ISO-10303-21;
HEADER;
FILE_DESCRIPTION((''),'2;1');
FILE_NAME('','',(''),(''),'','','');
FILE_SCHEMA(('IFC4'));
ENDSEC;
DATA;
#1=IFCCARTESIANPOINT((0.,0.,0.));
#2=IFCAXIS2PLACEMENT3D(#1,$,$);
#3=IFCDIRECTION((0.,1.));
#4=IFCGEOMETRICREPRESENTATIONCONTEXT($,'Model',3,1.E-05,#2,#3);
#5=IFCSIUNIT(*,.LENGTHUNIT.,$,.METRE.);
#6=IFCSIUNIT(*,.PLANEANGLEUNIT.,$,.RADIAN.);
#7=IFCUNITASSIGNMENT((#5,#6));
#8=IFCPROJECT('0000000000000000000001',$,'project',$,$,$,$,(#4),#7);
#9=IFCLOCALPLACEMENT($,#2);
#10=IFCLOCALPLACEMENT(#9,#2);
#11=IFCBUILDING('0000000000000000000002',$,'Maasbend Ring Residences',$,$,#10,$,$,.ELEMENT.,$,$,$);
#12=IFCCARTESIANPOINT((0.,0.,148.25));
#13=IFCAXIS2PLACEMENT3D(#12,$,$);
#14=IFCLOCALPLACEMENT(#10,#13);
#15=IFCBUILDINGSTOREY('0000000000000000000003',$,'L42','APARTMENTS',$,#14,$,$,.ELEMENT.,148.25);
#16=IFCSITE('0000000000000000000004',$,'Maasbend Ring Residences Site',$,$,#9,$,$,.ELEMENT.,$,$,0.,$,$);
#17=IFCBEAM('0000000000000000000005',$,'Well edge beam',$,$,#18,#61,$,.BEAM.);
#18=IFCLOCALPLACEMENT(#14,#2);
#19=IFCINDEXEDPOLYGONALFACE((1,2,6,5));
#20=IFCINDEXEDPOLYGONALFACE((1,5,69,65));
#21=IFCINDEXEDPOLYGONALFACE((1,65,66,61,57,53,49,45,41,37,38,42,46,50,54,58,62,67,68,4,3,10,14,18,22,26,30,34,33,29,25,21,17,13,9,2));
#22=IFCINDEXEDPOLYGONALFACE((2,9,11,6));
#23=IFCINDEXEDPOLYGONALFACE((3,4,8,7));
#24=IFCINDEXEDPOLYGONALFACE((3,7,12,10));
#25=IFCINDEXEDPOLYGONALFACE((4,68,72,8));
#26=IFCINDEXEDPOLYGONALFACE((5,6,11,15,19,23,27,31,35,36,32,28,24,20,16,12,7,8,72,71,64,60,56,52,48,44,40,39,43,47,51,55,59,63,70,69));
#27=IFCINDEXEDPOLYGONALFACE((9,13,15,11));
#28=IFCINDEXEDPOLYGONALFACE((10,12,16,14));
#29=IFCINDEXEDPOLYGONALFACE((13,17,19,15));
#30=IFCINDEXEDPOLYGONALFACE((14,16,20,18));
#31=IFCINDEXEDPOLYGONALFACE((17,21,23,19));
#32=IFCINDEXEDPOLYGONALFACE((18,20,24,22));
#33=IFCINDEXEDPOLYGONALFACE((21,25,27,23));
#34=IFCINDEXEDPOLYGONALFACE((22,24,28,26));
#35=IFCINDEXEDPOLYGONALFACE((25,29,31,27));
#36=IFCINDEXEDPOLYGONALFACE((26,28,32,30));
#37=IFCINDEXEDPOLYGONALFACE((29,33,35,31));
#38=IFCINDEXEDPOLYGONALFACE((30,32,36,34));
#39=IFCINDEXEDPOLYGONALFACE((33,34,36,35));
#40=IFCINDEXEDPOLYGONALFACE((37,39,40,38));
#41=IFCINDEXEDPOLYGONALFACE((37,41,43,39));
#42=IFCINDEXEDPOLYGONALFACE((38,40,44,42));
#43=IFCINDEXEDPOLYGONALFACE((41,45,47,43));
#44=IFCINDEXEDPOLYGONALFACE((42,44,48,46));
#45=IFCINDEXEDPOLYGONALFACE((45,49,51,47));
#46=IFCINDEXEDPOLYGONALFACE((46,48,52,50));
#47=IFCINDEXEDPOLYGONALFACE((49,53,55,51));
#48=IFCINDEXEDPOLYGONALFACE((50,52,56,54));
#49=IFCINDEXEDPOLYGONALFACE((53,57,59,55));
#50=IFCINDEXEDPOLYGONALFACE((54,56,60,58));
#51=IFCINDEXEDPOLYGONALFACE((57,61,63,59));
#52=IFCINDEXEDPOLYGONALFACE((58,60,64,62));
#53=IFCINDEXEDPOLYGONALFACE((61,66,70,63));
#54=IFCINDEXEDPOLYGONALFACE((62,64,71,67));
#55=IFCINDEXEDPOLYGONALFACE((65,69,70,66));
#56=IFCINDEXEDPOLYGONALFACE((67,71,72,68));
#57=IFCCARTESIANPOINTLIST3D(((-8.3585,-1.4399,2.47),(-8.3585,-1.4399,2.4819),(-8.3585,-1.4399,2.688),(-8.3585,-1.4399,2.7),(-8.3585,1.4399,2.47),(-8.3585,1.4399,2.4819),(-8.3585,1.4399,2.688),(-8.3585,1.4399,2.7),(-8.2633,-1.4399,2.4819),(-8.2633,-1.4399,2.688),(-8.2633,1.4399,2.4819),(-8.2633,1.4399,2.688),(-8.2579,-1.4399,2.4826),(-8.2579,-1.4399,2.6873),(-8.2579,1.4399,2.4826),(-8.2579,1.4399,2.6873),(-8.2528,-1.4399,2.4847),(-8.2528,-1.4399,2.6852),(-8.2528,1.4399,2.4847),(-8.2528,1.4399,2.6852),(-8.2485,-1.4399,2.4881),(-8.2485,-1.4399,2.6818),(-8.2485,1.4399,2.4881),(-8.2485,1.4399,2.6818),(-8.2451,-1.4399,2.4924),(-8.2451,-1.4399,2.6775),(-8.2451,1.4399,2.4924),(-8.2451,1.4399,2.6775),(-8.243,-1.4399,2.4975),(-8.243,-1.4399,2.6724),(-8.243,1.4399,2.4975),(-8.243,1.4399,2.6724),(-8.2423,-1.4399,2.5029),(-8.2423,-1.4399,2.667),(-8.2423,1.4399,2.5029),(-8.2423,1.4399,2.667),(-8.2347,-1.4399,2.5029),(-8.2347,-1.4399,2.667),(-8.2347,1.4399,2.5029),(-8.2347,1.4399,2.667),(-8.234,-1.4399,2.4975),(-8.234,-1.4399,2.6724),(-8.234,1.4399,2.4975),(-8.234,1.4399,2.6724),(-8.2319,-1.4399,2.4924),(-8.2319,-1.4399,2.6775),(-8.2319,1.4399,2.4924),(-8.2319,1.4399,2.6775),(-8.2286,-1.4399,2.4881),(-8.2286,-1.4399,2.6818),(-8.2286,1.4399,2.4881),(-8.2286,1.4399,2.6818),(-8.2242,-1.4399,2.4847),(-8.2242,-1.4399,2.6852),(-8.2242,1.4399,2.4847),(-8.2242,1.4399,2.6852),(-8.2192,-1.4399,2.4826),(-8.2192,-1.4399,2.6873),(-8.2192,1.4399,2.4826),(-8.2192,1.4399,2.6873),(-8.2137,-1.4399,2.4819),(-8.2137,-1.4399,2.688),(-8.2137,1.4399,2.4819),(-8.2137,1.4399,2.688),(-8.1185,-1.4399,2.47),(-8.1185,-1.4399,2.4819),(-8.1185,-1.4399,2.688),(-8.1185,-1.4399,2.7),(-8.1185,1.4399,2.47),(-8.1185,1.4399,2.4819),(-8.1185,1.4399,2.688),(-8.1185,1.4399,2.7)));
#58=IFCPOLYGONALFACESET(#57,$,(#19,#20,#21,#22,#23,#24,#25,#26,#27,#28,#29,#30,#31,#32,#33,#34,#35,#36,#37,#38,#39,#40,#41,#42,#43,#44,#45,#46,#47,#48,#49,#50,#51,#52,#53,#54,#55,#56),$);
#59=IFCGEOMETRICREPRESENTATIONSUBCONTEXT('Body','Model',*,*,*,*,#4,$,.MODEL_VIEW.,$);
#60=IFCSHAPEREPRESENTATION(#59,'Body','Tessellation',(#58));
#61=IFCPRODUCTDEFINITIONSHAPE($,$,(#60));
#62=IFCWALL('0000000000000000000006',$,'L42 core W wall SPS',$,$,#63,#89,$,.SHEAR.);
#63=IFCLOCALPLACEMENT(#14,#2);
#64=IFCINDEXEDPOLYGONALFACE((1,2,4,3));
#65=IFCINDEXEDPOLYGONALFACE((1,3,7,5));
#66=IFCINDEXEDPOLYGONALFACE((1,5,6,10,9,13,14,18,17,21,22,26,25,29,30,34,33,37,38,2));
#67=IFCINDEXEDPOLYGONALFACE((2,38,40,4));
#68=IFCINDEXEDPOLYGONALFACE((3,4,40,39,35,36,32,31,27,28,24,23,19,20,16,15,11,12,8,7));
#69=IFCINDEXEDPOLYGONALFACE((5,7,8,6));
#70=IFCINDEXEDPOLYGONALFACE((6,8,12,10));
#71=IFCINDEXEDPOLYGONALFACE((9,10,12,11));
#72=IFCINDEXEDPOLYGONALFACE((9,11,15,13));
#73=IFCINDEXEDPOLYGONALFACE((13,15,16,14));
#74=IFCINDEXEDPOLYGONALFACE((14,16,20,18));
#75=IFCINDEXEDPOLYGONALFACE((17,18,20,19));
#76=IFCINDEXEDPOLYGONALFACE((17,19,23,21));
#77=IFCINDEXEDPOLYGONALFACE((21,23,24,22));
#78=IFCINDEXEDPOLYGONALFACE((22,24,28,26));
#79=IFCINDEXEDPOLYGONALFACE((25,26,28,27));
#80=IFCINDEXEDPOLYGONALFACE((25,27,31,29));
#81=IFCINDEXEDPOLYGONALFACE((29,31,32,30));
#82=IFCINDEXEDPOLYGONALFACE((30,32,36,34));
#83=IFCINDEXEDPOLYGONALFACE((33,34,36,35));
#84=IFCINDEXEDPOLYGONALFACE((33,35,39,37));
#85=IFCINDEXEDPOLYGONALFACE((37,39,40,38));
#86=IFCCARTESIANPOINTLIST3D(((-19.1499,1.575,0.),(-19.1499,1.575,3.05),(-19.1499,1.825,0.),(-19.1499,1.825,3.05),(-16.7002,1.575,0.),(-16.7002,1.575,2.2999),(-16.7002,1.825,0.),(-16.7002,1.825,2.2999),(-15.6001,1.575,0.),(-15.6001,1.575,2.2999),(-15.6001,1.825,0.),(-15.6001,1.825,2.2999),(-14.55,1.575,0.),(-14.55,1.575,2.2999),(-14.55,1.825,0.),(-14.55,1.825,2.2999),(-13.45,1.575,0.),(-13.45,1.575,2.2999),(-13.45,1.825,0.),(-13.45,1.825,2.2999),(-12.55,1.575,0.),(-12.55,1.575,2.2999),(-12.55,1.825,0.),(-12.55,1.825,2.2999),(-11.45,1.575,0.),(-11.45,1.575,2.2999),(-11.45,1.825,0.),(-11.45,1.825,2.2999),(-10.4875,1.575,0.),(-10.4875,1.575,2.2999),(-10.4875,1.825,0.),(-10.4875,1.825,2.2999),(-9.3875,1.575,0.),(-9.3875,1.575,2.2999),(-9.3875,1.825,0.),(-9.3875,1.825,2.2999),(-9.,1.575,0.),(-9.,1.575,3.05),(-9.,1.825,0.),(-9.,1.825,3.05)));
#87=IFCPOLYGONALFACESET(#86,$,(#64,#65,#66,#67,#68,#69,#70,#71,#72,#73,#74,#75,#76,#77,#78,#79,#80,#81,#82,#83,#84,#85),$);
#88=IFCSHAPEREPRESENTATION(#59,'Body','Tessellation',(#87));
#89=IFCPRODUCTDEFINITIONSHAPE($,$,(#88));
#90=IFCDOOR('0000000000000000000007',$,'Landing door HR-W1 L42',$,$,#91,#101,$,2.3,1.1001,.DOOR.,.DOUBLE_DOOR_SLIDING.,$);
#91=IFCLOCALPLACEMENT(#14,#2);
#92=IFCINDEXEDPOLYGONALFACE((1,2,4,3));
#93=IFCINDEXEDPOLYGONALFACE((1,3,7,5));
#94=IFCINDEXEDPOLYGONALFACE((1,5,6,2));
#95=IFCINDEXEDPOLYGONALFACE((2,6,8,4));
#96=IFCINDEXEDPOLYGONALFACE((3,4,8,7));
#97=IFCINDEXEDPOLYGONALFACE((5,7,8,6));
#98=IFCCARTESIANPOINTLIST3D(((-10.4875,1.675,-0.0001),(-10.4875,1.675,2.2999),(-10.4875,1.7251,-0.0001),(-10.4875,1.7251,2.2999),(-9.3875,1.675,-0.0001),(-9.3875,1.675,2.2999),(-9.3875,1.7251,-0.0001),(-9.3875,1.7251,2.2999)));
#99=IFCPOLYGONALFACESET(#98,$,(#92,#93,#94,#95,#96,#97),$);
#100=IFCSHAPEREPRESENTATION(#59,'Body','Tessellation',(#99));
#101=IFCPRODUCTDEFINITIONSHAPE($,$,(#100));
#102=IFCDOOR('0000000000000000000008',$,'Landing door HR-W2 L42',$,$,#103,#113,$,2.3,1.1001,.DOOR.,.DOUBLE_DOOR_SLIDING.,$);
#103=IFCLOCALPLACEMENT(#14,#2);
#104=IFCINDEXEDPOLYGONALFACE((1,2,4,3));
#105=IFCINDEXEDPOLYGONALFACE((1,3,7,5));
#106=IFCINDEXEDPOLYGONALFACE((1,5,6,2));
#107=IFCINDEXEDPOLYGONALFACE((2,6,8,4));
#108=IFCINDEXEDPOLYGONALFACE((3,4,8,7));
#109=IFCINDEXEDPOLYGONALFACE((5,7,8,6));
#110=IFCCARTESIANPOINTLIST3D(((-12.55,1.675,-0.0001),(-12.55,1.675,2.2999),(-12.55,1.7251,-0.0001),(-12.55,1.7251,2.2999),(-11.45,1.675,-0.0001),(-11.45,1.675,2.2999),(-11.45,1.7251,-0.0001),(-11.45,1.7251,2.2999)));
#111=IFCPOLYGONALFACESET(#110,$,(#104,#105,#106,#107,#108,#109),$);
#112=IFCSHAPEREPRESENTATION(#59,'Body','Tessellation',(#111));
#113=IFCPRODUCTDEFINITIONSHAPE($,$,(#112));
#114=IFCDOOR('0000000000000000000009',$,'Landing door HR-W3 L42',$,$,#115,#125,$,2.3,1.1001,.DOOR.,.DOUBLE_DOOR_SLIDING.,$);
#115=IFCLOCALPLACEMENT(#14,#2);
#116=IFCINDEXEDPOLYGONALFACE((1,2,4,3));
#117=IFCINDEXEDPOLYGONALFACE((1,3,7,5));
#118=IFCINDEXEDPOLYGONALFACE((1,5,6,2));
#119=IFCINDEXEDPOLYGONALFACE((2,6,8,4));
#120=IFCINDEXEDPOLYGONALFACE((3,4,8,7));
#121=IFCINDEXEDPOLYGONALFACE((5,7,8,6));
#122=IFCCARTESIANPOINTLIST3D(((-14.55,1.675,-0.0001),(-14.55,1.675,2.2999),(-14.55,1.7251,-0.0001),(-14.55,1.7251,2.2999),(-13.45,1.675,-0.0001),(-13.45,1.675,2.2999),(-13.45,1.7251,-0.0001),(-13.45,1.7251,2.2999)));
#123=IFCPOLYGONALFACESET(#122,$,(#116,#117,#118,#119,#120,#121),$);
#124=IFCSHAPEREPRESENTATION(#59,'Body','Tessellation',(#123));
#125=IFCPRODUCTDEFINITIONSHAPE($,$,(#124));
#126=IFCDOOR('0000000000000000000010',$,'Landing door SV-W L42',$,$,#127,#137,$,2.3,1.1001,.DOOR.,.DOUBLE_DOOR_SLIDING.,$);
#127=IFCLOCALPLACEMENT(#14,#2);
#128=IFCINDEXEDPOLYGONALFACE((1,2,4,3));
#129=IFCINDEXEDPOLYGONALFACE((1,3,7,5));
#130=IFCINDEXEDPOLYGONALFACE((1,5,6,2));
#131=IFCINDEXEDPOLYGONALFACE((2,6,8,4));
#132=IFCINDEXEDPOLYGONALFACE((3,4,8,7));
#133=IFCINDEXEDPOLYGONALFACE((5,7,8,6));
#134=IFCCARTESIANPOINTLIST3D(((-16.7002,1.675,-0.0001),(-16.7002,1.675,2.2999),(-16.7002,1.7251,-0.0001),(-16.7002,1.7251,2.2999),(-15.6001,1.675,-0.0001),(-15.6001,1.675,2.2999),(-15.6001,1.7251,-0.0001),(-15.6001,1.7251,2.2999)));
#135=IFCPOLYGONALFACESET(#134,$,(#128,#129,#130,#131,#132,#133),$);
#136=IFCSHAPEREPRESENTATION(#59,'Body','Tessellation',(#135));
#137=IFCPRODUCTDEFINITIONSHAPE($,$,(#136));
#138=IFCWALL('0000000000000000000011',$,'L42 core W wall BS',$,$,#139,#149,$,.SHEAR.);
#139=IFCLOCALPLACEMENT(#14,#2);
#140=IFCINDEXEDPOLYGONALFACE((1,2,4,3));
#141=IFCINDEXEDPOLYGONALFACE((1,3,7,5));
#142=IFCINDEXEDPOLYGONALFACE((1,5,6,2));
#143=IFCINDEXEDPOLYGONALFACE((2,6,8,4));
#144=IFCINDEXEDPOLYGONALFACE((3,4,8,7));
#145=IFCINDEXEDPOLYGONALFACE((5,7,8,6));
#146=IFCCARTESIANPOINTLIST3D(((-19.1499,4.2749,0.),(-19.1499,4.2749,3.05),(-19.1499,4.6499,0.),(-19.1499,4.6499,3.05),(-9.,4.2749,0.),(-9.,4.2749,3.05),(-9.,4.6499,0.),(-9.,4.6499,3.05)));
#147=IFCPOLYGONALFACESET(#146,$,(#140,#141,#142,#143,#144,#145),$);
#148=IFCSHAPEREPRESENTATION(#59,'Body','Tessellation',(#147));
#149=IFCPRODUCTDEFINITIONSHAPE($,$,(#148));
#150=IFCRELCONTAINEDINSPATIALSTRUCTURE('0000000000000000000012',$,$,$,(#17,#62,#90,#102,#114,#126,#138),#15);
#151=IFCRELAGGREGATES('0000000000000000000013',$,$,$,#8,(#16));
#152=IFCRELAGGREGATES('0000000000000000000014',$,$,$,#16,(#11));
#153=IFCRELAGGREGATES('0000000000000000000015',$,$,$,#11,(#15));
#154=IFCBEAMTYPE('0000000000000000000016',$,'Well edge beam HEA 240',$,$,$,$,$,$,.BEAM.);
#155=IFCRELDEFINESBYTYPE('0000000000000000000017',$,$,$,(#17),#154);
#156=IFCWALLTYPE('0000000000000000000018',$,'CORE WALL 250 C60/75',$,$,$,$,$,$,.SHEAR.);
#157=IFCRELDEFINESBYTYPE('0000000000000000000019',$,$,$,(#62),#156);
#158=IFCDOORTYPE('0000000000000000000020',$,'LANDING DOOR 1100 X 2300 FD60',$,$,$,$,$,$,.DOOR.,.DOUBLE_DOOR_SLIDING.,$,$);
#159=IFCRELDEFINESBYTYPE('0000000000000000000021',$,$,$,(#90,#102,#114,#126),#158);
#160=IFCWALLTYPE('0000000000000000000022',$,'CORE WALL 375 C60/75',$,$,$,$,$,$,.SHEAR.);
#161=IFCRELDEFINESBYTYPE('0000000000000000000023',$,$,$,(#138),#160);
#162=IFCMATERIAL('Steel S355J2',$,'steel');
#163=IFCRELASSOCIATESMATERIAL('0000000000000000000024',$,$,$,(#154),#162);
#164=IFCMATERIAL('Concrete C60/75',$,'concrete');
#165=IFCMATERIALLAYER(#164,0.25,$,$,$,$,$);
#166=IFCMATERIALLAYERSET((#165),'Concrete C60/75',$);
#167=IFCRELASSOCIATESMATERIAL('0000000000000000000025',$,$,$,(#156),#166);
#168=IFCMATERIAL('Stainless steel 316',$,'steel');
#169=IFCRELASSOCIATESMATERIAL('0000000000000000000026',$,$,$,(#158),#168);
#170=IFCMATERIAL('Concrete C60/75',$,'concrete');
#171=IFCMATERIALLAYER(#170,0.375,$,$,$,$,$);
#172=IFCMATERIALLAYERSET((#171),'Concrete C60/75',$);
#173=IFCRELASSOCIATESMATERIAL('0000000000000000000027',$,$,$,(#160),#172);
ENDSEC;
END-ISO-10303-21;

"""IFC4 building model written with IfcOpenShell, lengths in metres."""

from ifc_helpers import new_model, si_unit, direction, frame, frame_2d, origin, origin_2d, place, context, subcontext, project, spatial, rectangle, i_section, extrude, material, layer, layer_set, material_profile, profile_set, type_object, element, fill, save


model = new_model("IFC4")

# Units and contexts
model_context = context("Model", 3, precision=1e-05, world=origin(), true_north=direction((0.0, 1.0)))
body_context = subcontext(model_context, "Body", "Model", "MODEL_VIEW")
ifc_project = project(units=[si_unit("LENGTHUNIT", "METRE"), si_unit("PLANEANGLEUNIT", "RADIAN")], contexts=[model_context])

# Site, building, storey
site_placement = place(None, origin())
site = spatial("IfcSite", under=ifc_project, at=site_placement, Name="Maasbend Ring Residences Site", CompositionType="ELEMENT", RefElevation=0.0)
building_placement = place(site_placement, origin())
building = spatial("IfcBuilding", under=site, at=building_placement, Name="Maasbend Ring Residences", CompositionType="ELEMENT")
storey_placement = place(building_placement, frame((0.0, 0.0, 148.25)))
storey = spatial("IfcBuildingStorey", under=building, at=storey_placement, Name="L42", Description="APARTMENTS", CompositionType="ELEMENT", Elevation=148.25)

# Beam
ifc_material_1 = material(Name="Steel S355J2", Category="steel")
ifc_material_profile = material_profile(ifc_material_1, i_section(OverallWidth=0.24, OverallDepth=0.23, WebThickness=0.0076, FlangeThickness=0.012, FilletRadius=0.021, at=origin_2d()), Name="HEA 240")
ifc_profile_set = profile_set([ifc_material_profile], Name="Steel S355J2")
beam_type = type_object("IfcBeamType", Name="Well edge beam HEA 240", PredefinedType="BEAM", material=ifc_profile_set)
beam_placement = place(storey_placement, frame((-8.2385, 1.4399, 2.585), z_axis=(0.0, -1.0, 0.0), x_axis=(1.0, 0.0, 0.0)))
element("IfcBeam", 1, at=beam_placement, inside=storey, type_object=beam_type, Name="Well edge beam", PredefinedType="BEAM", context=body_context, shape_type="SweptSolid", body=[
    extrude(i_section(OverallWidth=0.24, OverallDepth=0.23, WebThickness=0.0076, FlangeThickness=0.012, FilletRadius=0.021, at=origin_2d()), origin(), (0.0, 0.0, 1.0), 2.8799),
])

# Wall, openings, doors
ifc_material_2 = material(Name="Concrete C60/75", Category="concrete")
ifc_layer_1 = layer(ifc_material_2, 0.25)
ifc_layer_set_1 = layer_set([ifc_layer_1], Name="Concrete C60/75")
wall_type_1 = type_object("IfcWallType", Name="CORE WALL 250 C60/75", PredefinedType="SHEAR", material=ifc_layer_set_1)
wall_1_placement = place(storey_placement, frame((-9.0, 1.7, 0.0), z_axis=(0.0, 0.0, 1.0), x_axis=(-1.0, 0.0, 0.0)))
wall_1 = element("IfcWall", 2, at=wall_1_placement, inside=storey, type_object=wall_type_1, Name="L42 core W wall SPS", PredefinedType="SHEAR", context=body_context, shape_type="SweptSolid", body=[
    extrude(rectangle(XDim=10.1499, YDim=0.25, at=frame_2d((5.075, 0.0))), origin(), (0.0, 0.0, 1.0), 3.05),
])
opening_1_placement = place(wall_1_placement, frame((0.3875, 0.0, 0.0)))
opening_1 = element("IfcOpeningElement", 3, at=opening_1_placement, cuts=wall_1, PredefinedType="OPENING", context=body_context, shape_type="SweptSolid", body=[
    extrude(rectangle(XDim=1.1001, YDim=2.3, at=frame_2d((0.55, 1.1499))), frame((0.0, 0.135, 0.0), z_axis=(0.0, -1.0, 0.0), x_axis=(1.0, 0.0, 0.0)), (0.0, 0.0, 1.0), 0.27),
])
opening_2_placement = place(wall_1_placement, frame((2.45, 0.0, 0.0)))
opening_2 = element("IfcOpeningElement", 4, at=opening_2_placement, cuts=wall_1, PredefinedType="OPENING", context=body_context, shape_type="SweptSolid", body=[
    extrude(rectangle(XDim=1.1001, YDim=2.3, at=frame_2d((0.55, 1.1499))), frame((0.0, 0.135, 0.0), z_axis=(0.0, -1.0, 0.0), x_axis=(1.0, 0.0, 0.0)), (0.0, 0.0, 1.0), 0.27),
])
opening_3_placement = place(wall_1_placement, frame((4.45, 0.0, 0.0)))
opening_3 = element("IfcOpeningElement", 5, at=opening_3_placement, cuts=wall_1, PredefinedType="OPENING", context=body_context, shape_type="SweptSolid", body=[
    extrude(rectangle(XDim=1.1001, YDim=2.3, at=frame_2d((0.55, 1.1499))), frame((0.0, 0.135, 0.0), z_axis=(0.0, -1.0, 0.0), x_axis=(1.0, 0.0, 0.0)), (0.0, 0.0, 1.0), 0.27),
])
opening_4_placement = place(wall_1_placement, frame((6.6001, 0.0, 0.0)))
opening_4 = element("IfcOpeningElement", 6, at=opening_4_placement, cuts=wall_1, PredefinedType="OPENING", context=body_context, shape_type="SweptSolid", body=[
    extrude(rectangle(XDim=1.1001, YDim=2.3, at=frame_2d((0.55, 1.1499))), frame((0.0, 0.135, 0.0), z_axis=(0.0, -1.0, 0.0), x_axis=(1.0, 0.0, 0.0)), (0.0, 0.0, 1.0), 0.27),
])
ifc_material_3 = material(Name="Stainless steel 316", Category="steel")
door_type_1 = type_object("IfcDoorType", Name="LANDING DOOR 1100 X 2300 FD60", OperationType="DOUBLE_DOOR_SLIDING", PredefinedType="DOOR", material=ifc_material_3)
door_1_placement = place(opening_1_placement, origin())
door_1 = element("IfcDoor", 7, at=door_1_placement, inside=storey, type_object=door_type_1, Name="Landing door HR-W1 L42", OperationType="DOUBLE_DOOR_SLIDING", OverallHeight=2.3, OverallWidth=1.1001, PredefinedType="DOOR", context=body_context, shape_type="SweptSolid", body=[
    extrude(rectangle(XDim=1.1001, YDim=2.3, at=frame_2d((0.55, 1.1499))), frame((0.0, 0.0249, 0.0), z_axis=(0.0, -1.0, 0.0), x_axis=(1.0, 0.0, 0.0)), (0.0, 0.0, 1.0), 0.05),
])
fill(opening_1, door_1)
door_2_placement = place(opening_2_placement, origin())
door_2 = element("IfcDoor", 8, at=door_2_placement, inside=storey, type_object=door_type_1, Name="Landing door HR-W2 L42", OperationType="DOUBLE_DOOR_SLIDING", OverallHeight=2.3, OverallWidth=1.1001, PredefinedType="DOOR", context=body_context, shape_type="SweptSolid", body=[
    extrude(rectangle(XDim=1.1001, YDim=2.3, at=frame_2d((0.55, 1.1499))), frame((0.0, 0.0249, 0.0), z_axis=(0.0, -1.0, 0.0), x_axis=(1.0, 0.0, 0.0)), (0.0, 0.0, 1.0), 0.05),
])
fill(opening_2, door_2)
door_3_placement = place(opening_3_placement, origin())
door_3 = element("IfcDoor", 9, at=door_3_placement, inside=storey, type_object=door_type_1, Name="Landing door HR-W3 L42", OperationType="DOUBLE_DOOR_SLIDING", OverallHeight=2.3, OverallWidth=1.1001, PredefinedType="DOOR", context=body_context, shape_type="SweptSolid", body=[
    extrude(rectangle(XDim=1.1001, YDim=2.3, at=frame_2d((0.55, 1.1499))), frame((0.0, 0.0249, 0.0), z_axis=(0.0, -1.0, 0.0), x_axis=(1.0, 0.0, 0.0)), (0.0, 0.0, 1.0), 0.05),
])
fill(opening_3, door_3)
door_4_placement = place(opening_4_placement, origin())
door_4 = element("IfcDoor", 10, at=door_4_placement, inside=storey, type_object=door_type_1, Name="Landing door SV-W L42", OperationType="DOUBLE_DOOR_SLIDING", OverallHeight=2.3, OverallWidth=1.1001, PredefinedType="DOOR", context=body_context, shape_type="SweptSolid", body=[
    extrude(rectangle(XDim=1.1001, YDim=2.3, at=frame_2d((0.55, 1.1499))), frame((0.0, 0.0249, 0.0), z_axis=(0.0, -1.0, 0.0), x_axis=(1.0, 0.0, 0.0)), (0.0, 0.0, 1.0), 0.05),
])
fill(opening_4, door_4)

# Wall
ifc_material_4 = material(Name="Concrete C60/75", Category="concrete")
ifc_layer_2 = layer(ifc_material_4, 0.375)
ifc_layer_set_2 = layer_set([ifc_layer_2], Name="Concrete C60/75")
wall_type_2 = type_object("IfcWallType", Name="CORE WALL 375 C60/75", PredefinedType="SHEAR", material=ifc_layer_set_2)
wall_2_placement = place(storey_placement, frame((-9.0, 4.4624, 0.0), z_axis=(0.0, 0.0, 1.0), x_axis=(-1.0, 0.0, 0.0)))
element("IfcWall", 11, at=wall_2_placement, inside=storey, type_object=wall_type_2, Name="L42 core W wall BS", PredefinedType="SHEAR", context=body_context, shape_type="SweptSolid", body=[
    extrude(rectangle(XDim=10.1499, YDim=0.375, at=frame_2d((5.075, 0.0))), origin(), (0.0, 0.0, 1.0), 3.05),
])

save(model, "model.ifc")
